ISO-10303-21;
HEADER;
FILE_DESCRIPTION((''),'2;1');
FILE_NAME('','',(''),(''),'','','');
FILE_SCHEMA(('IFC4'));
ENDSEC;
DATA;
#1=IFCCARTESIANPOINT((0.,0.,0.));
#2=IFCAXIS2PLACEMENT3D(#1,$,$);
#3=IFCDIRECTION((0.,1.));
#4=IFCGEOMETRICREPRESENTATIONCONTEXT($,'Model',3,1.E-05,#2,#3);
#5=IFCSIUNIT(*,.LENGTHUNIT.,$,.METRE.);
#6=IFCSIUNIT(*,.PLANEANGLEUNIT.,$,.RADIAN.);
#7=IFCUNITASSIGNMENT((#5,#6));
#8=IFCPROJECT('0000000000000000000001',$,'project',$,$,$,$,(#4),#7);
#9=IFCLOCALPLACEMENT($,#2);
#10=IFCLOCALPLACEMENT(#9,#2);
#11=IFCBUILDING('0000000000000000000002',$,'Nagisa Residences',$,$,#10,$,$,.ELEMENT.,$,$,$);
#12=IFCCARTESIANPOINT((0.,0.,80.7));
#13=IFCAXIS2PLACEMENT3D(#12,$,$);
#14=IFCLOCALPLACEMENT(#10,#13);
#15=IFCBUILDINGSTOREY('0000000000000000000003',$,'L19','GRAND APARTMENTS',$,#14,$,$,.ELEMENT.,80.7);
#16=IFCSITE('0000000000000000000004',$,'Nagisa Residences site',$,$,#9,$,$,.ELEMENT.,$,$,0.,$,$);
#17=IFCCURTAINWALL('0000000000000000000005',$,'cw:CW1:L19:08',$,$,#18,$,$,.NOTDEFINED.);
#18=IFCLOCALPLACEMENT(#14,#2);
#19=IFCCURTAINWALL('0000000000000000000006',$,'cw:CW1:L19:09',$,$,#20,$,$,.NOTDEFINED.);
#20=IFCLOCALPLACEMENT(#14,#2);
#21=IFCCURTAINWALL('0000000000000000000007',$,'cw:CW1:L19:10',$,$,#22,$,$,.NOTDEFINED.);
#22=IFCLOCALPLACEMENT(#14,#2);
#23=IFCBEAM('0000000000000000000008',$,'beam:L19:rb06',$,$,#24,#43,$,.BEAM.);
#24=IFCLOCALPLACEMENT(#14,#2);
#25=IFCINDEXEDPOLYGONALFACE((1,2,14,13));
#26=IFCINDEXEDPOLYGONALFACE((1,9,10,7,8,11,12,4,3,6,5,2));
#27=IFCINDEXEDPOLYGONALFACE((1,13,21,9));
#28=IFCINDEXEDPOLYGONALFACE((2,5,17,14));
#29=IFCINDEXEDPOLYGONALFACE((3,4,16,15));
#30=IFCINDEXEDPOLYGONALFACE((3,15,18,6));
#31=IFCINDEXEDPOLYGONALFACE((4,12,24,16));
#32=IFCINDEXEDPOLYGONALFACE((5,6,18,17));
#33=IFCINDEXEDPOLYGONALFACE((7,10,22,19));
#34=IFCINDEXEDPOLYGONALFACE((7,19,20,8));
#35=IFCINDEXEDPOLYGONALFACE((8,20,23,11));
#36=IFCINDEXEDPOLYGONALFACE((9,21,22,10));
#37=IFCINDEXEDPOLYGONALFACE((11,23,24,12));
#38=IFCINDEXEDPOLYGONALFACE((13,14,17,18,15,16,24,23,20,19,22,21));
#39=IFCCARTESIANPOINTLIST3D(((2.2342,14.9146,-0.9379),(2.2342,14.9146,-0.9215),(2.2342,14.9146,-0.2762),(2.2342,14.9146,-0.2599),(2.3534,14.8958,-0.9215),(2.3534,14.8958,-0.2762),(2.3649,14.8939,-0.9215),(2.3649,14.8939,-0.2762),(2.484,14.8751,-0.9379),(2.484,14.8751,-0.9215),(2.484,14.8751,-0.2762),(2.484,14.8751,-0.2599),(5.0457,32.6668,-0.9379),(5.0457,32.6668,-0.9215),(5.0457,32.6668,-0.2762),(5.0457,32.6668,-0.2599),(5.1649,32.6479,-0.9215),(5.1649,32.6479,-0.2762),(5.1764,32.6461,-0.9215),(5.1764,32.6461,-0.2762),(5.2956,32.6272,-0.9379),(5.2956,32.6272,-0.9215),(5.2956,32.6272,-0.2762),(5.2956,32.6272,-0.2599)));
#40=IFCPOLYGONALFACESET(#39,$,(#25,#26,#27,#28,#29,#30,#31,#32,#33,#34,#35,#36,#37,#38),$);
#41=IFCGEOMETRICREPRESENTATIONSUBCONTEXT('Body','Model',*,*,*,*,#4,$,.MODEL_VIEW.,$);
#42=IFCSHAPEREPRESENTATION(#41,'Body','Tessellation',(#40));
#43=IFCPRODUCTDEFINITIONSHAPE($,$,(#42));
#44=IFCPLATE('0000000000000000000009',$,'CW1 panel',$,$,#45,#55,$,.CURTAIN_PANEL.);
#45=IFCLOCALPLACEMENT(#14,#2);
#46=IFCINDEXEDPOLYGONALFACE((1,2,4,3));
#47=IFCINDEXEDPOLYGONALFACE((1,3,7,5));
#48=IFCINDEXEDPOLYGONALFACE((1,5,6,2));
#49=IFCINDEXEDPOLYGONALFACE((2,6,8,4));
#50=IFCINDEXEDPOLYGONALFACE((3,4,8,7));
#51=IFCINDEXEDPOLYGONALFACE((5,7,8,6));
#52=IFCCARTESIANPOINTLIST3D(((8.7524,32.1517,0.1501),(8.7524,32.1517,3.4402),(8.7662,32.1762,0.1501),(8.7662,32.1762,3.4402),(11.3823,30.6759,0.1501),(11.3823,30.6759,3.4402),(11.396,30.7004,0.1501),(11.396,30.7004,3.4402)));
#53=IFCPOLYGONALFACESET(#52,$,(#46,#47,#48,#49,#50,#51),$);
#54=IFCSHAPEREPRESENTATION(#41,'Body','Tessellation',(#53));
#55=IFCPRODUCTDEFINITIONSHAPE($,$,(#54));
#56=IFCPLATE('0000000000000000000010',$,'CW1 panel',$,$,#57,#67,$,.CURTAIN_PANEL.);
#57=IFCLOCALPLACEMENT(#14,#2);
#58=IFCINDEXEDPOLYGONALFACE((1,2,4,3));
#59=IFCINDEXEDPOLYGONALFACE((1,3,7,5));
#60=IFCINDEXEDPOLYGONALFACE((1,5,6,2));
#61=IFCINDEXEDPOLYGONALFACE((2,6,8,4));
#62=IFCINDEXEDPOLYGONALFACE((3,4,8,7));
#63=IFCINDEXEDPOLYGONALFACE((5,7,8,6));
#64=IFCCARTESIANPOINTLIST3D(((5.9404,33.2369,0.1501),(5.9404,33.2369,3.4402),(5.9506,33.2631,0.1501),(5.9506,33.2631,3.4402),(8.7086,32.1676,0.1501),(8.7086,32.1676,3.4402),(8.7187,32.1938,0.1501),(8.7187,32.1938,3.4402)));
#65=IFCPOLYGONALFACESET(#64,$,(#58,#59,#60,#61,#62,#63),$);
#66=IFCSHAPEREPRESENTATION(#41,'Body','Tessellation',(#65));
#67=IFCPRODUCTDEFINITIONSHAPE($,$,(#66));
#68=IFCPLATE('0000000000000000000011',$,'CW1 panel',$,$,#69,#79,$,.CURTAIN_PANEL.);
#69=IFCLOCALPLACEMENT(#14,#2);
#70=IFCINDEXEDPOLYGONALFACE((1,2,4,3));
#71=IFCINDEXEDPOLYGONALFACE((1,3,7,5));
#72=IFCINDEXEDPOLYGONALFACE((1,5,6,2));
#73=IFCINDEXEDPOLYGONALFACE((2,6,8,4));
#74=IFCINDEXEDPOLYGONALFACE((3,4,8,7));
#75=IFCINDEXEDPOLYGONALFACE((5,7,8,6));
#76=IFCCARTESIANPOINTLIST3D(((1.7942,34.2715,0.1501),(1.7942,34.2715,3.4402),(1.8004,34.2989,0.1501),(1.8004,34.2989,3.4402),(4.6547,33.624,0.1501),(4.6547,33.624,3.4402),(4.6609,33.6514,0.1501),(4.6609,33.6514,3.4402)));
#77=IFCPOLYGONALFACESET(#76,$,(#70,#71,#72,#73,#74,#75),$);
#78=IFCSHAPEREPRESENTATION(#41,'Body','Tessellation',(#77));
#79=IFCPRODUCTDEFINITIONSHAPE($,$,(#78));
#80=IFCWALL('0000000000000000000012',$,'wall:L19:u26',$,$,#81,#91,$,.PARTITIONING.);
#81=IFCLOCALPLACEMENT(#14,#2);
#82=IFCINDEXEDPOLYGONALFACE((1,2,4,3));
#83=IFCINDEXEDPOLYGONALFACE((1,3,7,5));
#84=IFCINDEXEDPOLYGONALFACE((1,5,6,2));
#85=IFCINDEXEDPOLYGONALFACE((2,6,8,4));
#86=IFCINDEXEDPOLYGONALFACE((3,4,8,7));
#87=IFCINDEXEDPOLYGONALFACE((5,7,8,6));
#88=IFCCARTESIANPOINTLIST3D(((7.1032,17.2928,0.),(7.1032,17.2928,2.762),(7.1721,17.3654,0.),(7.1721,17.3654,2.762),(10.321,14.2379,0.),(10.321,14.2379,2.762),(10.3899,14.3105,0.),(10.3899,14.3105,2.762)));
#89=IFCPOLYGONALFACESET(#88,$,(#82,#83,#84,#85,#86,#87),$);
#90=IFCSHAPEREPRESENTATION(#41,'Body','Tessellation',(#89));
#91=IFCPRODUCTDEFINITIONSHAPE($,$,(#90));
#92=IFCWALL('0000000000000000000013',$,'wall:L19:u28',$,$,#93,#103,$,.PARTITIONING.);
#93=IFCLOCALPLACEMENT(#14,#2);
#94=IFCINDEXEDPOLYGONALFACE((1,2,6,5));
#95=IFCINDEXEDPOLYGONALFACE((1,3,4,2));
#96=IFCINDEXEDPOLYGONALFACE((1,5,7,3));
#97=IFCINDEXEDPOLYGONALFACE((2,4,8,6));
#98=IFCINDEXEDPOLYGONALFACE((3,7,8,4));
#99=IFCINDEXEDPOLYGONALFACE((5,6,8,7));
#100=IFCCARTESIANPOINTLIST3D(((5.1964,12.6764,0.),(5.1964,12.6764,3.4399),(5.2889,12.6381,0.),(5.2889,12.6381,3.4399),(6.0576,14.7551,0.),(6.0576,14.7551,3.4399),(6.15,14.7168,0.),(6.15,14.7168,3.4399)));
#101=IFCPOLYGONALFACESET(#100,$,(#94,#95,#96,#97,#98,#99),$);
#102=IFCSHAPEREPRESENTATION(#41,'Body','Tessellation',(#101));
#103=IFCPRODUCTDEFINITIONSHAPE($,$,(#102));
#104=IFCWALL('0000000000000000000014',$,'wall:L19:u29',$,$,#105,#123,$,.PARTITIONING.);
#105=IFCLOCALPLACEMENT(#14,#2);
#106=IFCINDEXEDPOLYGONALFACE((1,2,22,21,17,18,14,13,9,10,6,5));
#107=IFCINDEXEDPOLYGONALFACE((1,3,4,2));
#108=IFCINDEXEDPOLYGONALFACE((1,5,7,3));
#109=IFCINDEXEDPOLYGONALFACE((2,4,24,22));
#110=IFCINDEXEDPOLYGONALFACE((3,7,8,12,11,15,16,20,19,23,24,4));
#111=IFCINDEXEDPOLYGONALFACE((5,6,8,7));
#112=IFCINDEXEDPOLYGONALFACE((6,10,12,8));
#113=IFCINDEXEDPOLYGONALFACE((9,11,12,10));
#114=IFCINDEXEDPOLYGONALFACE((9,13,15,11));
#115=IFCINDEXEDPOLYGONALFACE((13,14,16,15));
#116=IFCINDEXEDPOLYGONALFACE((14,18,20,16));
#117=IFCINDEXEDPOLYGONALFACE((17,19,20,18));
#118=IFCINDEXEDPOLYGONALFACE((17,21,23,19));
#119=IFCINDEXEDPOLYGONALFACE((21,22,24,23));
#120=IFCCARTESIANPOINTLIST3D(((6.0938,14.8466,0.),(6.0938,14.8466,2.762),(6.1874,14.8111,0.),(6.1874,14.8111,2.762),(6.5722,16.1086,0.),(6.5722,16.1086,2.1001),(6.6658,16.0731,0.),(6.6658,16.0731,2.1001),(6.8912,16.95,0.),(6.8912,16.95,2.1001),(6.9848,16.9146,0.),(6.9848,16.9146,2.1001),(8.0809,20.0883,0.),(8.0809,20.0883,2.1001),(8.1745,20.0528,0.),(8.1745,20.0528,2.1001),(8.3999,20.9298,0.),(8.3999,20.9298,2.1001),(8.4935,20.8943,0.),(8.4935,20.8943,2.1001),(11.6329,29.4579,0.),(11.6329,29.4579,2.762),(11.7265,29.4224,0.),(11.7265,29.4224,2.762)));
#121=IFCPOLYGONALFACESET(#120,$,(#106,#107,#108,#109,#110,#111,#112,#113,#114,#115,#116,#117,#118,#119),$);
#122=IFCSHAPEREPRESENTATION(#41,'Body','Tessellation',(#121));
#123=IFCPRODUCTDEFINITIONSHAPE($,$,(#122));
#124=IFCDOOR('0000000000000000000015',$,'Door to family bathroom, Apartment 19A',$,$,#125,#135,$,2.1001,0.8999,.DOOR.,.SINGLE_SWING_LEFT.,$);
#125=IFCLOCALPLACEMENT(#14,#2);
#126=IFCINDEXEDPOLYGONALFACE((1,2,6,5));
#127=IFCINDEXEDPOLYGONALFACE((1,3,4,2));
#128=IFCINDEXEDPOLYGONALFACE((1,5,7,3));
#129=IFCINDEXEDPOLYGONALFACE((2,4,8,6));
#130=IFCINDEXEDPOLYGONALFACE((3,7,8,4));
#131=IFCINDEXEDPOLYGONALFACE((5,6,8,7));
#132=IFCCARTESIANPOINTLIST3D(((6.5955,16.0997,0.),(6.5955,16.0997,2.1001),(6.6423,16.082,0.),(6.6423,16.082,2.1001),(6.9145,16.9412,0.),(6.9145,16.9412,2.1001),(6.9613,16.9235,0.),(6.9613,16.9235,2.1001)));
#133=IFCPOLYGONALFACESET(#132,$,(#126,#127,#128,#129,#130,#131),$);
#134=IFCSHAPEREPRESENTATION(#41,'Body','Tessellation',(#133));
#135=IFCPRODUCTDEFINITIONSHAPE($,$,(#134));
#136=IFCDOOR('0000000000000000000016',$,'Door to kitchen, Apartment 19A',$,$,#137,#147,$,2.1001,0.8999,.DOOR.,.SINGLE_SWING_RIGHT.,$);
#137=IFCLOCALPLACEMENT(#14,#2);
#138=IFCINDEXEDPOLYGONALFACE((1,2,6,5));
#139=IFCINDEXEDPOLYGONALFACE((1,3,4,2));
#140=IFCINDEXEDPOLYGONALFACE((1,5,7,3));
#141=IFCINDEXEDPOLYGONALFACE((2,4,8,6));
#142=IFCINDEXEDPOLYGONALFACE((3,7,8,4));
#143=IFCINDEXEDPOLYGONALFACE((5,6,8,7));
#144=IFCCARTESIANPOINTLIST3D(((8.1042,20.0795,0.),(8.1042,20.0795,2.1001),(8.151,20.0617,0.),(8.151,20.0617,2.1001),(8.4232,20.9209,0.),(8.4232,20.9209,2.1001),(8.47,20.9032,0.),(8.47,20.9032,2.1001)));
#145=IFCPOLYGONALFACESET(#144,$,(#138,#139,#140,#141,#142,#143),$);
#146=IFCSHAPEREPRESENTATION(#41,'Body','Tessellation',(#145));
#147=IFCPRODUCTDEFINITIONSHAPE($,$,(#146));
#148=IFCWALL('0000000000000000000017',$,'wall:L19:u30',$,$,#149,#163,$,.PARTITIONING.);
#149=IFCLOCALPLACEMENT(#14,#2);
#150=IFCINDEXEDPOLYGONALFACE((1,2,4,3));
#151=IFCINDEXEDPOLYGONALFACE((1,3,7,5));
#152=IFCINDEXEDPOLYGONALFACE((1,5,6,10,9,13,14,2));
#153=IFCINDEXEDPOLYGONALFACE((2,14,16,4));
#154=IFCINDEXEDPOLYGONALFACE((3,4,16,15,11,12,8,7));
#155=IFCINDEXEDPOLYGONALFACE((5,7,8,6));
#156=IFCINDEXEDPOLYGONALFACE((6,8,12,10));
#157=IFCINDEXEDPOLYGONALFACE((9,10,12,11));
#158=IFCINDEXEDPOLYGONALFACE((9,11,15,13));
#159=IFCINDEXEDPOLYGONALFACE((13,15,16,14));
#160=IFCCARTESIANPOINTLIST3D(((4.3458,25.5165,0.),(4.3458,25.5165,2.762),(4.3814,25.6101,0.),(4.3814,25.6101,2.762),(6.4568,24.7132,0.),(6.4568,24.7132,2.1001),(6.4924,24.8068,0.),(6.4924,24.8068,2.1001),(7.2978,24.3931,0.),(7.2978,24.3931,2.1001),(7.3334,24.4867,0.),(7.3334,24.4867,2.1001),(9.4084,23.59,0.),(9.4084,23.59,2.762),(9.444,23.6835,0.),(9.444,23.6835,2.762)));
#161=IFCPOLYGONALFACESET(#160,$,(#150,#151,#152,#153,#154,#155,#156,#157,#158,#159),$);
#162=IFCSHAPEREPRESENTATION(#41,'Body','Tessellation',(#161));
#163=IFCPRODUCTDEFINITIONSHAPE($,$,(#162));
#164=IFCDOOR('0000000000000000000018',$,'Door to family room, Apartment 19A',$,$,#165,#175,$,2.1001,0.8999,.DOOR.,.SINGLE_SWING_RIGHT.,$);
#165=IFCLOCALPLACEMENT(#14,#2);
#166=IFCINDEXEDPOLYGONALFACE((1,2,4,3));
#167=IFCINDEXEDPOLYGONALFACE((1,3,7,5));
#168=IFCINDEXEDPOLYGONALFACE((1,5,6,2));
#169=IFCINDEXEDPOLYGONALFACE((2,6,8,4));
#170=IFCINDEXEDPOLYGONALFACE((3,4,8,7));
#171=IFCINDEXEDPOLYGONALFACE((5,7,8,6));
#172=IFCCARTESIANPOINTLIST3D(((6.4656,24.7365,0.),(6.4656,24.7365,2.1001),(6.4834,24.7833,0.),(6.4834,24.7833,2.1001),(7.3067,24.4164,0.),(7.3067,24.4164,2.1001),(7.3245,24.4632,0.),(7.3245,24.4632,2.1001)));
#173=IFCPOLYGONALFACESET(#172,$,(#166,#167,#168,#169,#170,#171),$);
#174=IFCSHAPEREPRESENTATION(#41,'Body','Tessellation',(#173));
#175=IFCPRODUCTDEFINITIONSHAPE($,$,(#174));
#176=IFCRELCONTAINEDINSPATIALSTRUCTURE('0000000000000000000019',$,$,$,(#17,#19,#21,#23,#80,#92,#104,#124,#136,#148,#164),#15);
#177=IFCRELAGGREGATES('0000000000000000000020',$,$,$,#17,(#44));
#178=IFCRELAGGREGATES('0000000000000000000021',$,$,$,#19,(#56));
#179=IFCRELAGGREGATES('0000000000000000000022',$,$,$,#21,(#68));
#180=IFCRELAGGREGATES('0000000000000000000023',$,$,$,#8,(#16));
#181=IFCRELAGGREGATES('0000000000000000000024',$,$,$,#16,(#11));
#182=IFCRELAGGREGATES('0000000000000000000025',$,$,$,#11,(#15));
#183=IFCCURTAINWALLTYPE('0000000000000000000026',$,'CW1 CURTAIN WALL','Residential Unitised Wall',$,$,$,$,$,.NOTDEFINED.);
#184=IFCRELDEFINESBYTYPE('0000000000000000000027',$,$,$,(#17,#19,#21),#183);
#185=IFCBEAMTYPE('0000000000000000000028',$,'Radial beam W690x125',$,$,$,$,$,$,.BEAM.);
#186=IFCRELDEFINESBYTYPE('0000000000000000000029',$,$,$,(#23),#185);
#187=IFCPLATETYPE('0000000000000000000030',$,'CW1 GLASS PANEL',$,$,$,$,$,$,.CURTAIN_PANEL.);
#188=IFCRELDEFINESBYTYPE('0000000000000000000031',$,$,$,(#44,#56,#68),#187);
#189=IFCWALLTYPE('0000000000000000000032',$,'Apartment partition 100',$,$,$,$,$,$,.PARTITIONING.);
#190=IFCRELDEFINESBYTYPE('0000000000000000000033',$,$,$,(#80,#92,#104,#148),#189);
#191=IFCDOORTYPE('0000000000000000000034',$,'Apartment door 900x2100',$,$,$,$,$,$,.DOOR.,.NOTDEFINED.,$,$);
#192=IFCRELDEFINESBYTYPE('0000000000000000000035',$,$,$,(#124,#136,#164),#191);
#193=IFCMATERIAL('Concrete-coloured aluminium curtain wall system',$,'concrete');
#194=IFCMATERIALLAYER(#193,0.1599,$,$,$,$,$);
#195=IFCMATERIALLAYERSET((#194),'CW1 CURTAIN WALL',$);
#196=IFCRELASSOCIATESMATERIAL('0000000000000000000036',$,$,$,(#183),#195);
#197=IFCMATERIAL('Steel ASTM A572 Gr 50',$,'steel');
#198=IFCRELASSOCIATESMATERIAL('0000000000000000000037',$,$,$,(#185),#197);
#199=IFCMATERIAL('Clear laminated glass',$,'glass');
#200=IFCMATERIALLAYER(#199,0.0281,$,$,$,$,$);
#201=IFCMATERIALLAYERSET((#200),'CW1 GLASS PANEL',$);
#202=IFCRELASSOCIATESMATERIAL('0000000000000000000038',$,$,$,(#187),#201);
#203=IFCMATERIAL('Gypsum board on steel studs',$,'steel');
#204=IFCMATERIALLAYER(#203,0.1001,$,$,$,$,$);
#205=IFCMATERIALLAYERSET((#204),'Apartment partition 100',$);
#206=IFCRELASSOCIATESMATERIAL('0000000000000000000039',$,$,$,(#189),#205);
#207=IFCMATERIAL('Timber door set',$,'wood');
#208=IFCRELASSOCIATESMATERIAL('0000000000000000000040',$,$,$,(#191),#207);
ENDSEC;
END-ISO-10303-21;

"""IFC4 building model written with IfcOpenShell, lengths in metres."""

from ifc_helpers import new_model, si_unit, direction, frame, frame_2d, origin, origin_2d, place, context, subcontext, project, spatial, rectangle, i_section, extrude, material, layer, layer_set, material_profile, profile_set, type_object, element, fill, aggregate, save


model = new_model("IFC4")

# Units and contexts
model_context = context("Model", 3, precision=1e-05, world=origin(), true_north=direction((0.0, 1.0)))
body_context = subcontext(model_context, "Body", "Model", "MODEL_VIEW")
ifc_project = project(units=[si_unit("LENGTHUNIT", "METRE"), si_unit("PLANEANGLEUNIT", "RADIAN")], contexts=[model_context])

# Site, building, storey
site_placement = place(None, origin())
site = spatial("IfcSite", under=ifc_project, at=site_placement, Name="Nagisa Residences site", CompositionType="ELEMENT", RefElevation=0.0)
building_placement = place(site_placement, origin())
building = spatial("IfcBuilding", under=site, at=building_placement, Name="Nagisa Residences", CompositionType="ELEMENT")
storey_placement = place(building_placement, frame((0.0, 0.0, 80.7)))
storey = spatial("IfcBuildingStorey", under=building, at=storey_placement, Name="L19", Description="GRAND APARTMENTS", CompositionType="ELEMENT", Elevation=80.7)

# Curtain walls
ifc_material_1 = material(Name="Concrete-coloured aluminium curtain wall system", Category="concrete")
ifc_layer_1 = layer(ifc_material_1, 0.1599)
ifc_layer_set_1 = layer_set([ifc_layer_1], Name="CW1 CURTAIN WALL")
curtain_wall_type = type_object("IfcCurtainWallType", Name="CW1 CURTAIN WALL", Description="Residential Unitised Wall", PredefinedType="NOTDEFINED", material=ifc_layer_set_1)
curtain_wall_1_placement = place(storey_placement, origin())
curtain_wall_1 = element("IfcCurtainWall", 1, at=curtain_wall_1_placement, inside=storey, type_object=curtain_wall_type, Name="cw:CW1:L19:08", PredefinedType="NOTDEFINED")
curtain_wall_2_placement = place(storey_placement, origin())
curtain_wall_2 = element("IfcCurtainWall", 2, at=curtain_wall_2_placement, inside=storey, type_object=curtain_wall_type, Name="cw:CW1:L19:09", PredefinedType="NOTDEFINED")
curtain_wall_3_placement = place(storey_placement, origin())
curtain_wall_3 = element("IfcCurtainWall", 3, at=curtain_wall_3_placement, inside=storey, type_object=curtain_wall_type, Name="cw:CW1:L19:10", PredefinedType="NOTDEFINED")

# Beam
ifc_material_2 = material(Name="Steel ASTM A572 Gr 50", Category="steel")
ifc_material_profile_1 = material_profile(ifc_material_2, i_section(OverallWidth=0.2529, OverallDepth=0.678, WebThickness=0.0117, FlangeThickness=0.0164, at=origin_2d()), Name="W690x125")
ifc_profile_set_1 = profile_set([ifc_material_profile_1], Name="Steel ASTM A572 Gr 50")
beam_type_1 = type_object("IfcBeamType", Name="Radial beam W690x125", PredefinedType="BEAM", material=ifc_profile_set_1)
beam_1_placement = place(storey_placement, frame((5.1707, 32.647, -0.5989), z_axis=(-0.156426, -0.98769, 0.0), x_axis=(0.98769, -0.156426, 0.0)))
element("IfcBeam", 4, at=beam_1_placement, inside=storey, type_object=beam_type_1, Name="beam:L19:rb06", PredefinedType="BEAM", context=body_context, shape_type="SweptSolid", body=[
    extrude(i_section(OverallWidth=0.2529, OverallDepth=0.678, WebThickness=0.0117, FlangeThickness=0.0164, at=origin_2d()), origin(), (0.0, 0.0, 1.0), 17.9734),
])

# Plates
ifc_material_3 = material(Name="Clear laminated glass", Category="glass")
ifc_layer_2 = layer(ifc_material_3, 0.0281)
ifc_layer_set_2 = layer_set([ifc_layer_2], Name="CW1 GLASS PANEL")
plate_type = type_object("IfcPlateType", Name="CW1 GLASS PANEL", PredefinedType="CURTAIN_PANEL", material=ifc_layer_set_2)
plate_1_placement = place(storey_placement, frame((10.0742, 31.426, 0.1501), z_axis=(0.0, 0.0, 1.0), x_axis=(-0.872072, 0.489377, 0.0)))
plate_1 = element("IfcPlate", 5, at=plate_1_placement, type_object=plate_type, Name="CW1 panel", PredefinedType="CURTAIN_PANEL", context=body_context, shape_type="SweptSolid", body=[
    extrude(rectangle(XDim=3.0156, YDim=0.0281, at=origin_2d()), origin(), (0.0, 0.0, 1.0), 3.29),
])
aggregate(curtain_wall_1, [plate_1])
plate_2_placement = place(storey_placement, frame((7.3296, 32.7153, 0.1501), z_axis=(0.0, 0.0, 1.0), x_axis=(-0.932826, 0.360328, 0.0)))
plate_2 = element("IfcPlate", 6, at=plate_2_placement, type_object=plate_type, Name="CW1 panel", PredefinedType="CURTAIN_PANEL", context=body_context, shape_type="SweptSolid", body=[
    extrude(rectangle(XDim=2.9675, YDim=0.0281, at=origin_2d()), origin(), (0.0, 0.0, 1.0), 3.29),
])
aggregate(curtain_wall_2, [plate_2])
plate_3_placement = place(storey_placement, frame((3.2275, 33.9614, 0.1501), z_axis=(0.0, 0.0, 1.0), x_axis=(-0.975327, 0.220764, 0.0)))
plate_3 = element("IfcPlate", 7, at=plate_3_placement, type_object=plate_type, Name="CW1 panel", PredefinedType="CURTAIN_PANEL", context=body_context, shape_type="SweptSolid", body=[
    extrude(rectangle(XDim=2.9329, YDim=0.0281, at=origin_2d()), origin(), (0.0, 0.0, 1.0), 3.29),
])
aggregate(curtain_wall_3, [plate_3])

# Walls
ifc_material_4 = material(Name="Gypsum board on steel studs", Category="steel")
ifc_layer_3 = layer(ifc_material_4, 0.1001)
ifc_layer_set_3 = layer_set([ifc_layer_3], Name="Apartment partition 100")
wall_type = type_object("IfcWallType", Name="Apartment partition 100", PredefinedType="PARTITIONING", material=ifc_layer_set_3)
wall_1_placement = place(storey_placement, frame((10.3555, 14.2742, 0.0), z_axis=(0.0, 0.0, 1.0), x_axis=(-0.725219, 0.688518, 0.0)))
element("IfcWall", 8, at=wall_1_placement, inside=storey, type_object=wall_type, Name="wall:L19:u26", PredefinedType="PARTITIONING", context=body_context, shape_type="SweptSolid", body=[
    extrude(rectangle(XDim=4.437, YDim=0.1001, at=frame_2d((2.2185, 0.0))), origin(), (0.0, 0.0, 1.0), 2.762),
])
wall_2_placement = place(storey_placement, frame((5.2427, 12.6572, 0.0), z_axis=(0.0, 0.0, 1.0), x_axis=(0.382719, 0.923865, 0.0)))
element("IfcWall", 9, at=wall_2_placement, inside=storey, type_object=wall_type, Name="wall:L19:u28", PredefinedType="PARTITIONING", context=body_context, shape_type="SweptSolid", body=[
    extrude(rectangle(XDim=2.25, YDim=0.1001, at=frame_2d((1.125, 0.0))), origin(), (0.0, 0.0, 1.0), 3.4399),
])

# Wall, openings, doors
wall_3_placement = place(storey_placement, frame((6.1406, 14.8289, 0.0), z_axis=(0.0, 0.0, 1.0), x_axis=(0.354477, 0.935065, 0.0)))
wall_3 = element("IfcWall", 10, at=wall_3_placement, inside=storey, type_object=wall_type, Name="wall:L19:u29", PredefinedType="PARTITIONING", context=body_context, shape_type="SweptSolid", body=[
    extrude(rectangle(XDim=15.626, YDim=0.1001, at=frame_2d((7.813, 0.0))), origin(), (0.0, 0.0, 1.0), 2.762),
])
opening_1_placement = place(wall_3_placement, frame((1.3496, 0.0, 0.0)))
opening_1 = element("IfcOpeningElement", 11, at=opening_1_placement, cuts=wall_3, PredefinedType="OPENING", context=body_context, shape_type="SweptSolid", body=[
    extrude(rectangle(XDim=0.8999, YDim=2.1001, at=frame_2d((0.45, 1.05))), frame((0.0, 0.0601, 0.0), z_axis=(0.0, -1.0, 0.0), x_axis=(1.0, 0.0, 0.0)), (0.0, 0.0, 1.0), 0.1201),
])
opening_2_placement = place(wall_3_placement, frame((5.6057, 0.0, 0.0)))
opening_2 = element("IfcOpeningElement", 12, at=opening_2_placement, cuts=wall_3, PredefinedType="OPENING", context=body_context, shape_type="SweptSolid", body=[
    extrude(rectangle(XDim=0.8999, YDim=2.1001, at=frame_2d((0.45, 1.05))), frame((0.0, 0.0601, 0.0), z_axis=(0.0, -1.0, 0.0), x_axis=(1.0, 0.0, 0.0)), (0.0, 0.0, 1.0), 0.1201),
])
ifc_material_5 = material(Name="Timber door set", Category="wood")
door_type = type_object("IfcDoorType", Name="Apartment door 900x2100", OperationType="NOTDEFINED", PredefinedType="DOOR", material=ifc_material_5)
door_1_placement = place(opening_1_placement, frame((0.8999, 0.0, 0.0), x_axis=(-1.0, 0.0, 0.0)))
door_1 = element("IfcDoor", 13, at=door_1_placement, inside=storey, type_object=door_type, Name="Door to family bathroom, Apartment 19A", OperationType="SINGLE_SWING_LEFT", OverallHeight=2.1001, OverallWidth=0.8999, PredefinedType="DOOR", context=body_context, shape_type="SweptSolid", body=[
    extrude(rectangle(XDim=0.8999, YDim=2.1001, at=frame_2d((0.45, 1.05))), frame((0.0, 0.0249, 0.0), z_axis=(0.0, -1.0, 0.0), x_axis=(1.0, 0.0, 0.0)), (0.0, 0.0, 1.0), 0.05),
])
fill(opening_1, door_1)
door_2_placement = place(opening_2_placement, frame((0.8999, 0.0, 0.0), x_axis=(-1.0, 0.0, 0.0)))
door_2 = element("IfcDoor", 14, at=door_2_placement, inside=storey, type_object=door_type, Name="Door to kitchen, Apartment 19A", OperationType="SINGLE_SWING_RIGHT", OverallHeight=2.1001, OverallWidth=0.8999, PredefinedType="DOOR", context=body_context, shape_type="SweptSolid", body=[
    extrude(rectangle(XDim=0.8999, YDim=2.1001, at=frame_2d((0.45, 1.05))), frame((0.0, 0.0249, 0.0), z_axis=(0.0, -1.0, 0.0), x_axis=(1.0, 0.0, 0.0)), (0.0, 0.0, 1.0), 0.05),
])
fill(opening_2, door_2)

# Wall, opening, door
wall_4_placement = place(storey_placement, frame((9.4263, 23.6367, 0.0), z_axis=(0.0, 0.0, 1.0), x_axis=(-0.934614, 0.355664, 0.0)))
wall_4 = element("IfcWall", 15, at=wall_4_placement, inside=storey, type_object=wall_type, Name="wall:L19:u30", PredefinedType="PARTITIONING", context=body_context, shape_type="SweptSolid", body=[
    extrude(rectangle(XDim=5.4167, YDim=0.1001, at=frame_2d((2.7085, 0.0))), origin(), (0.0, 0.0, 1.0), 2.762),
])
opening_3_placement = place(wall_4_placement, frame((2.2583, 0.0, 0.0)))
opening_3 = element("IfcOpeningElement", 16, at=opening_3_placement, cuts=wall_4, PredefinedType="OPENING", context=body_context, shape_type="SweptSolid", body=[
    extrude(rectangle(XDim=0.8999, YDim=2.1001, at=frame_2d((0.45, 1.05))), frame((0.0, 0.0601, 0.0), z_axis=(0.0, -1.0, 0.0), x_axis=(1.0, 0.0, 0.0)), (0.0, 0.0, 1.0), 0.1201),
])
door_3_placement = place(opening_3_placement, frame((0.8999, 0.0, 0.0), x_axis=(-1.0, 0.0, 0.0)))
door_3 = element("IfcDoor", 17, at=door_3_placement, inside=storey, type_object=door_type, Name="Door to family room, Apartment 19A", OperationType="SINGLE_SWING_RIGHT", OverallHeight=2.1001, OverallWidth=0.8999, PredefinedType="DOOR", context=body_context, shape_type="SweptSolid", body=[
    extrude(rectangle(XDim=0.8999, YDim=2.1001, at=frame_2d((0.45, 1.05))), frame((0.0, 0.0249, 0.0), z_axis=(0.0, -1.0, 0.0), x_axis=(1.0, 0.0, 0.0)), (0.0, 0.0, 1.0), 0.05),
])
fill(opening_3, door_3)

save(model, "model.ifc")
